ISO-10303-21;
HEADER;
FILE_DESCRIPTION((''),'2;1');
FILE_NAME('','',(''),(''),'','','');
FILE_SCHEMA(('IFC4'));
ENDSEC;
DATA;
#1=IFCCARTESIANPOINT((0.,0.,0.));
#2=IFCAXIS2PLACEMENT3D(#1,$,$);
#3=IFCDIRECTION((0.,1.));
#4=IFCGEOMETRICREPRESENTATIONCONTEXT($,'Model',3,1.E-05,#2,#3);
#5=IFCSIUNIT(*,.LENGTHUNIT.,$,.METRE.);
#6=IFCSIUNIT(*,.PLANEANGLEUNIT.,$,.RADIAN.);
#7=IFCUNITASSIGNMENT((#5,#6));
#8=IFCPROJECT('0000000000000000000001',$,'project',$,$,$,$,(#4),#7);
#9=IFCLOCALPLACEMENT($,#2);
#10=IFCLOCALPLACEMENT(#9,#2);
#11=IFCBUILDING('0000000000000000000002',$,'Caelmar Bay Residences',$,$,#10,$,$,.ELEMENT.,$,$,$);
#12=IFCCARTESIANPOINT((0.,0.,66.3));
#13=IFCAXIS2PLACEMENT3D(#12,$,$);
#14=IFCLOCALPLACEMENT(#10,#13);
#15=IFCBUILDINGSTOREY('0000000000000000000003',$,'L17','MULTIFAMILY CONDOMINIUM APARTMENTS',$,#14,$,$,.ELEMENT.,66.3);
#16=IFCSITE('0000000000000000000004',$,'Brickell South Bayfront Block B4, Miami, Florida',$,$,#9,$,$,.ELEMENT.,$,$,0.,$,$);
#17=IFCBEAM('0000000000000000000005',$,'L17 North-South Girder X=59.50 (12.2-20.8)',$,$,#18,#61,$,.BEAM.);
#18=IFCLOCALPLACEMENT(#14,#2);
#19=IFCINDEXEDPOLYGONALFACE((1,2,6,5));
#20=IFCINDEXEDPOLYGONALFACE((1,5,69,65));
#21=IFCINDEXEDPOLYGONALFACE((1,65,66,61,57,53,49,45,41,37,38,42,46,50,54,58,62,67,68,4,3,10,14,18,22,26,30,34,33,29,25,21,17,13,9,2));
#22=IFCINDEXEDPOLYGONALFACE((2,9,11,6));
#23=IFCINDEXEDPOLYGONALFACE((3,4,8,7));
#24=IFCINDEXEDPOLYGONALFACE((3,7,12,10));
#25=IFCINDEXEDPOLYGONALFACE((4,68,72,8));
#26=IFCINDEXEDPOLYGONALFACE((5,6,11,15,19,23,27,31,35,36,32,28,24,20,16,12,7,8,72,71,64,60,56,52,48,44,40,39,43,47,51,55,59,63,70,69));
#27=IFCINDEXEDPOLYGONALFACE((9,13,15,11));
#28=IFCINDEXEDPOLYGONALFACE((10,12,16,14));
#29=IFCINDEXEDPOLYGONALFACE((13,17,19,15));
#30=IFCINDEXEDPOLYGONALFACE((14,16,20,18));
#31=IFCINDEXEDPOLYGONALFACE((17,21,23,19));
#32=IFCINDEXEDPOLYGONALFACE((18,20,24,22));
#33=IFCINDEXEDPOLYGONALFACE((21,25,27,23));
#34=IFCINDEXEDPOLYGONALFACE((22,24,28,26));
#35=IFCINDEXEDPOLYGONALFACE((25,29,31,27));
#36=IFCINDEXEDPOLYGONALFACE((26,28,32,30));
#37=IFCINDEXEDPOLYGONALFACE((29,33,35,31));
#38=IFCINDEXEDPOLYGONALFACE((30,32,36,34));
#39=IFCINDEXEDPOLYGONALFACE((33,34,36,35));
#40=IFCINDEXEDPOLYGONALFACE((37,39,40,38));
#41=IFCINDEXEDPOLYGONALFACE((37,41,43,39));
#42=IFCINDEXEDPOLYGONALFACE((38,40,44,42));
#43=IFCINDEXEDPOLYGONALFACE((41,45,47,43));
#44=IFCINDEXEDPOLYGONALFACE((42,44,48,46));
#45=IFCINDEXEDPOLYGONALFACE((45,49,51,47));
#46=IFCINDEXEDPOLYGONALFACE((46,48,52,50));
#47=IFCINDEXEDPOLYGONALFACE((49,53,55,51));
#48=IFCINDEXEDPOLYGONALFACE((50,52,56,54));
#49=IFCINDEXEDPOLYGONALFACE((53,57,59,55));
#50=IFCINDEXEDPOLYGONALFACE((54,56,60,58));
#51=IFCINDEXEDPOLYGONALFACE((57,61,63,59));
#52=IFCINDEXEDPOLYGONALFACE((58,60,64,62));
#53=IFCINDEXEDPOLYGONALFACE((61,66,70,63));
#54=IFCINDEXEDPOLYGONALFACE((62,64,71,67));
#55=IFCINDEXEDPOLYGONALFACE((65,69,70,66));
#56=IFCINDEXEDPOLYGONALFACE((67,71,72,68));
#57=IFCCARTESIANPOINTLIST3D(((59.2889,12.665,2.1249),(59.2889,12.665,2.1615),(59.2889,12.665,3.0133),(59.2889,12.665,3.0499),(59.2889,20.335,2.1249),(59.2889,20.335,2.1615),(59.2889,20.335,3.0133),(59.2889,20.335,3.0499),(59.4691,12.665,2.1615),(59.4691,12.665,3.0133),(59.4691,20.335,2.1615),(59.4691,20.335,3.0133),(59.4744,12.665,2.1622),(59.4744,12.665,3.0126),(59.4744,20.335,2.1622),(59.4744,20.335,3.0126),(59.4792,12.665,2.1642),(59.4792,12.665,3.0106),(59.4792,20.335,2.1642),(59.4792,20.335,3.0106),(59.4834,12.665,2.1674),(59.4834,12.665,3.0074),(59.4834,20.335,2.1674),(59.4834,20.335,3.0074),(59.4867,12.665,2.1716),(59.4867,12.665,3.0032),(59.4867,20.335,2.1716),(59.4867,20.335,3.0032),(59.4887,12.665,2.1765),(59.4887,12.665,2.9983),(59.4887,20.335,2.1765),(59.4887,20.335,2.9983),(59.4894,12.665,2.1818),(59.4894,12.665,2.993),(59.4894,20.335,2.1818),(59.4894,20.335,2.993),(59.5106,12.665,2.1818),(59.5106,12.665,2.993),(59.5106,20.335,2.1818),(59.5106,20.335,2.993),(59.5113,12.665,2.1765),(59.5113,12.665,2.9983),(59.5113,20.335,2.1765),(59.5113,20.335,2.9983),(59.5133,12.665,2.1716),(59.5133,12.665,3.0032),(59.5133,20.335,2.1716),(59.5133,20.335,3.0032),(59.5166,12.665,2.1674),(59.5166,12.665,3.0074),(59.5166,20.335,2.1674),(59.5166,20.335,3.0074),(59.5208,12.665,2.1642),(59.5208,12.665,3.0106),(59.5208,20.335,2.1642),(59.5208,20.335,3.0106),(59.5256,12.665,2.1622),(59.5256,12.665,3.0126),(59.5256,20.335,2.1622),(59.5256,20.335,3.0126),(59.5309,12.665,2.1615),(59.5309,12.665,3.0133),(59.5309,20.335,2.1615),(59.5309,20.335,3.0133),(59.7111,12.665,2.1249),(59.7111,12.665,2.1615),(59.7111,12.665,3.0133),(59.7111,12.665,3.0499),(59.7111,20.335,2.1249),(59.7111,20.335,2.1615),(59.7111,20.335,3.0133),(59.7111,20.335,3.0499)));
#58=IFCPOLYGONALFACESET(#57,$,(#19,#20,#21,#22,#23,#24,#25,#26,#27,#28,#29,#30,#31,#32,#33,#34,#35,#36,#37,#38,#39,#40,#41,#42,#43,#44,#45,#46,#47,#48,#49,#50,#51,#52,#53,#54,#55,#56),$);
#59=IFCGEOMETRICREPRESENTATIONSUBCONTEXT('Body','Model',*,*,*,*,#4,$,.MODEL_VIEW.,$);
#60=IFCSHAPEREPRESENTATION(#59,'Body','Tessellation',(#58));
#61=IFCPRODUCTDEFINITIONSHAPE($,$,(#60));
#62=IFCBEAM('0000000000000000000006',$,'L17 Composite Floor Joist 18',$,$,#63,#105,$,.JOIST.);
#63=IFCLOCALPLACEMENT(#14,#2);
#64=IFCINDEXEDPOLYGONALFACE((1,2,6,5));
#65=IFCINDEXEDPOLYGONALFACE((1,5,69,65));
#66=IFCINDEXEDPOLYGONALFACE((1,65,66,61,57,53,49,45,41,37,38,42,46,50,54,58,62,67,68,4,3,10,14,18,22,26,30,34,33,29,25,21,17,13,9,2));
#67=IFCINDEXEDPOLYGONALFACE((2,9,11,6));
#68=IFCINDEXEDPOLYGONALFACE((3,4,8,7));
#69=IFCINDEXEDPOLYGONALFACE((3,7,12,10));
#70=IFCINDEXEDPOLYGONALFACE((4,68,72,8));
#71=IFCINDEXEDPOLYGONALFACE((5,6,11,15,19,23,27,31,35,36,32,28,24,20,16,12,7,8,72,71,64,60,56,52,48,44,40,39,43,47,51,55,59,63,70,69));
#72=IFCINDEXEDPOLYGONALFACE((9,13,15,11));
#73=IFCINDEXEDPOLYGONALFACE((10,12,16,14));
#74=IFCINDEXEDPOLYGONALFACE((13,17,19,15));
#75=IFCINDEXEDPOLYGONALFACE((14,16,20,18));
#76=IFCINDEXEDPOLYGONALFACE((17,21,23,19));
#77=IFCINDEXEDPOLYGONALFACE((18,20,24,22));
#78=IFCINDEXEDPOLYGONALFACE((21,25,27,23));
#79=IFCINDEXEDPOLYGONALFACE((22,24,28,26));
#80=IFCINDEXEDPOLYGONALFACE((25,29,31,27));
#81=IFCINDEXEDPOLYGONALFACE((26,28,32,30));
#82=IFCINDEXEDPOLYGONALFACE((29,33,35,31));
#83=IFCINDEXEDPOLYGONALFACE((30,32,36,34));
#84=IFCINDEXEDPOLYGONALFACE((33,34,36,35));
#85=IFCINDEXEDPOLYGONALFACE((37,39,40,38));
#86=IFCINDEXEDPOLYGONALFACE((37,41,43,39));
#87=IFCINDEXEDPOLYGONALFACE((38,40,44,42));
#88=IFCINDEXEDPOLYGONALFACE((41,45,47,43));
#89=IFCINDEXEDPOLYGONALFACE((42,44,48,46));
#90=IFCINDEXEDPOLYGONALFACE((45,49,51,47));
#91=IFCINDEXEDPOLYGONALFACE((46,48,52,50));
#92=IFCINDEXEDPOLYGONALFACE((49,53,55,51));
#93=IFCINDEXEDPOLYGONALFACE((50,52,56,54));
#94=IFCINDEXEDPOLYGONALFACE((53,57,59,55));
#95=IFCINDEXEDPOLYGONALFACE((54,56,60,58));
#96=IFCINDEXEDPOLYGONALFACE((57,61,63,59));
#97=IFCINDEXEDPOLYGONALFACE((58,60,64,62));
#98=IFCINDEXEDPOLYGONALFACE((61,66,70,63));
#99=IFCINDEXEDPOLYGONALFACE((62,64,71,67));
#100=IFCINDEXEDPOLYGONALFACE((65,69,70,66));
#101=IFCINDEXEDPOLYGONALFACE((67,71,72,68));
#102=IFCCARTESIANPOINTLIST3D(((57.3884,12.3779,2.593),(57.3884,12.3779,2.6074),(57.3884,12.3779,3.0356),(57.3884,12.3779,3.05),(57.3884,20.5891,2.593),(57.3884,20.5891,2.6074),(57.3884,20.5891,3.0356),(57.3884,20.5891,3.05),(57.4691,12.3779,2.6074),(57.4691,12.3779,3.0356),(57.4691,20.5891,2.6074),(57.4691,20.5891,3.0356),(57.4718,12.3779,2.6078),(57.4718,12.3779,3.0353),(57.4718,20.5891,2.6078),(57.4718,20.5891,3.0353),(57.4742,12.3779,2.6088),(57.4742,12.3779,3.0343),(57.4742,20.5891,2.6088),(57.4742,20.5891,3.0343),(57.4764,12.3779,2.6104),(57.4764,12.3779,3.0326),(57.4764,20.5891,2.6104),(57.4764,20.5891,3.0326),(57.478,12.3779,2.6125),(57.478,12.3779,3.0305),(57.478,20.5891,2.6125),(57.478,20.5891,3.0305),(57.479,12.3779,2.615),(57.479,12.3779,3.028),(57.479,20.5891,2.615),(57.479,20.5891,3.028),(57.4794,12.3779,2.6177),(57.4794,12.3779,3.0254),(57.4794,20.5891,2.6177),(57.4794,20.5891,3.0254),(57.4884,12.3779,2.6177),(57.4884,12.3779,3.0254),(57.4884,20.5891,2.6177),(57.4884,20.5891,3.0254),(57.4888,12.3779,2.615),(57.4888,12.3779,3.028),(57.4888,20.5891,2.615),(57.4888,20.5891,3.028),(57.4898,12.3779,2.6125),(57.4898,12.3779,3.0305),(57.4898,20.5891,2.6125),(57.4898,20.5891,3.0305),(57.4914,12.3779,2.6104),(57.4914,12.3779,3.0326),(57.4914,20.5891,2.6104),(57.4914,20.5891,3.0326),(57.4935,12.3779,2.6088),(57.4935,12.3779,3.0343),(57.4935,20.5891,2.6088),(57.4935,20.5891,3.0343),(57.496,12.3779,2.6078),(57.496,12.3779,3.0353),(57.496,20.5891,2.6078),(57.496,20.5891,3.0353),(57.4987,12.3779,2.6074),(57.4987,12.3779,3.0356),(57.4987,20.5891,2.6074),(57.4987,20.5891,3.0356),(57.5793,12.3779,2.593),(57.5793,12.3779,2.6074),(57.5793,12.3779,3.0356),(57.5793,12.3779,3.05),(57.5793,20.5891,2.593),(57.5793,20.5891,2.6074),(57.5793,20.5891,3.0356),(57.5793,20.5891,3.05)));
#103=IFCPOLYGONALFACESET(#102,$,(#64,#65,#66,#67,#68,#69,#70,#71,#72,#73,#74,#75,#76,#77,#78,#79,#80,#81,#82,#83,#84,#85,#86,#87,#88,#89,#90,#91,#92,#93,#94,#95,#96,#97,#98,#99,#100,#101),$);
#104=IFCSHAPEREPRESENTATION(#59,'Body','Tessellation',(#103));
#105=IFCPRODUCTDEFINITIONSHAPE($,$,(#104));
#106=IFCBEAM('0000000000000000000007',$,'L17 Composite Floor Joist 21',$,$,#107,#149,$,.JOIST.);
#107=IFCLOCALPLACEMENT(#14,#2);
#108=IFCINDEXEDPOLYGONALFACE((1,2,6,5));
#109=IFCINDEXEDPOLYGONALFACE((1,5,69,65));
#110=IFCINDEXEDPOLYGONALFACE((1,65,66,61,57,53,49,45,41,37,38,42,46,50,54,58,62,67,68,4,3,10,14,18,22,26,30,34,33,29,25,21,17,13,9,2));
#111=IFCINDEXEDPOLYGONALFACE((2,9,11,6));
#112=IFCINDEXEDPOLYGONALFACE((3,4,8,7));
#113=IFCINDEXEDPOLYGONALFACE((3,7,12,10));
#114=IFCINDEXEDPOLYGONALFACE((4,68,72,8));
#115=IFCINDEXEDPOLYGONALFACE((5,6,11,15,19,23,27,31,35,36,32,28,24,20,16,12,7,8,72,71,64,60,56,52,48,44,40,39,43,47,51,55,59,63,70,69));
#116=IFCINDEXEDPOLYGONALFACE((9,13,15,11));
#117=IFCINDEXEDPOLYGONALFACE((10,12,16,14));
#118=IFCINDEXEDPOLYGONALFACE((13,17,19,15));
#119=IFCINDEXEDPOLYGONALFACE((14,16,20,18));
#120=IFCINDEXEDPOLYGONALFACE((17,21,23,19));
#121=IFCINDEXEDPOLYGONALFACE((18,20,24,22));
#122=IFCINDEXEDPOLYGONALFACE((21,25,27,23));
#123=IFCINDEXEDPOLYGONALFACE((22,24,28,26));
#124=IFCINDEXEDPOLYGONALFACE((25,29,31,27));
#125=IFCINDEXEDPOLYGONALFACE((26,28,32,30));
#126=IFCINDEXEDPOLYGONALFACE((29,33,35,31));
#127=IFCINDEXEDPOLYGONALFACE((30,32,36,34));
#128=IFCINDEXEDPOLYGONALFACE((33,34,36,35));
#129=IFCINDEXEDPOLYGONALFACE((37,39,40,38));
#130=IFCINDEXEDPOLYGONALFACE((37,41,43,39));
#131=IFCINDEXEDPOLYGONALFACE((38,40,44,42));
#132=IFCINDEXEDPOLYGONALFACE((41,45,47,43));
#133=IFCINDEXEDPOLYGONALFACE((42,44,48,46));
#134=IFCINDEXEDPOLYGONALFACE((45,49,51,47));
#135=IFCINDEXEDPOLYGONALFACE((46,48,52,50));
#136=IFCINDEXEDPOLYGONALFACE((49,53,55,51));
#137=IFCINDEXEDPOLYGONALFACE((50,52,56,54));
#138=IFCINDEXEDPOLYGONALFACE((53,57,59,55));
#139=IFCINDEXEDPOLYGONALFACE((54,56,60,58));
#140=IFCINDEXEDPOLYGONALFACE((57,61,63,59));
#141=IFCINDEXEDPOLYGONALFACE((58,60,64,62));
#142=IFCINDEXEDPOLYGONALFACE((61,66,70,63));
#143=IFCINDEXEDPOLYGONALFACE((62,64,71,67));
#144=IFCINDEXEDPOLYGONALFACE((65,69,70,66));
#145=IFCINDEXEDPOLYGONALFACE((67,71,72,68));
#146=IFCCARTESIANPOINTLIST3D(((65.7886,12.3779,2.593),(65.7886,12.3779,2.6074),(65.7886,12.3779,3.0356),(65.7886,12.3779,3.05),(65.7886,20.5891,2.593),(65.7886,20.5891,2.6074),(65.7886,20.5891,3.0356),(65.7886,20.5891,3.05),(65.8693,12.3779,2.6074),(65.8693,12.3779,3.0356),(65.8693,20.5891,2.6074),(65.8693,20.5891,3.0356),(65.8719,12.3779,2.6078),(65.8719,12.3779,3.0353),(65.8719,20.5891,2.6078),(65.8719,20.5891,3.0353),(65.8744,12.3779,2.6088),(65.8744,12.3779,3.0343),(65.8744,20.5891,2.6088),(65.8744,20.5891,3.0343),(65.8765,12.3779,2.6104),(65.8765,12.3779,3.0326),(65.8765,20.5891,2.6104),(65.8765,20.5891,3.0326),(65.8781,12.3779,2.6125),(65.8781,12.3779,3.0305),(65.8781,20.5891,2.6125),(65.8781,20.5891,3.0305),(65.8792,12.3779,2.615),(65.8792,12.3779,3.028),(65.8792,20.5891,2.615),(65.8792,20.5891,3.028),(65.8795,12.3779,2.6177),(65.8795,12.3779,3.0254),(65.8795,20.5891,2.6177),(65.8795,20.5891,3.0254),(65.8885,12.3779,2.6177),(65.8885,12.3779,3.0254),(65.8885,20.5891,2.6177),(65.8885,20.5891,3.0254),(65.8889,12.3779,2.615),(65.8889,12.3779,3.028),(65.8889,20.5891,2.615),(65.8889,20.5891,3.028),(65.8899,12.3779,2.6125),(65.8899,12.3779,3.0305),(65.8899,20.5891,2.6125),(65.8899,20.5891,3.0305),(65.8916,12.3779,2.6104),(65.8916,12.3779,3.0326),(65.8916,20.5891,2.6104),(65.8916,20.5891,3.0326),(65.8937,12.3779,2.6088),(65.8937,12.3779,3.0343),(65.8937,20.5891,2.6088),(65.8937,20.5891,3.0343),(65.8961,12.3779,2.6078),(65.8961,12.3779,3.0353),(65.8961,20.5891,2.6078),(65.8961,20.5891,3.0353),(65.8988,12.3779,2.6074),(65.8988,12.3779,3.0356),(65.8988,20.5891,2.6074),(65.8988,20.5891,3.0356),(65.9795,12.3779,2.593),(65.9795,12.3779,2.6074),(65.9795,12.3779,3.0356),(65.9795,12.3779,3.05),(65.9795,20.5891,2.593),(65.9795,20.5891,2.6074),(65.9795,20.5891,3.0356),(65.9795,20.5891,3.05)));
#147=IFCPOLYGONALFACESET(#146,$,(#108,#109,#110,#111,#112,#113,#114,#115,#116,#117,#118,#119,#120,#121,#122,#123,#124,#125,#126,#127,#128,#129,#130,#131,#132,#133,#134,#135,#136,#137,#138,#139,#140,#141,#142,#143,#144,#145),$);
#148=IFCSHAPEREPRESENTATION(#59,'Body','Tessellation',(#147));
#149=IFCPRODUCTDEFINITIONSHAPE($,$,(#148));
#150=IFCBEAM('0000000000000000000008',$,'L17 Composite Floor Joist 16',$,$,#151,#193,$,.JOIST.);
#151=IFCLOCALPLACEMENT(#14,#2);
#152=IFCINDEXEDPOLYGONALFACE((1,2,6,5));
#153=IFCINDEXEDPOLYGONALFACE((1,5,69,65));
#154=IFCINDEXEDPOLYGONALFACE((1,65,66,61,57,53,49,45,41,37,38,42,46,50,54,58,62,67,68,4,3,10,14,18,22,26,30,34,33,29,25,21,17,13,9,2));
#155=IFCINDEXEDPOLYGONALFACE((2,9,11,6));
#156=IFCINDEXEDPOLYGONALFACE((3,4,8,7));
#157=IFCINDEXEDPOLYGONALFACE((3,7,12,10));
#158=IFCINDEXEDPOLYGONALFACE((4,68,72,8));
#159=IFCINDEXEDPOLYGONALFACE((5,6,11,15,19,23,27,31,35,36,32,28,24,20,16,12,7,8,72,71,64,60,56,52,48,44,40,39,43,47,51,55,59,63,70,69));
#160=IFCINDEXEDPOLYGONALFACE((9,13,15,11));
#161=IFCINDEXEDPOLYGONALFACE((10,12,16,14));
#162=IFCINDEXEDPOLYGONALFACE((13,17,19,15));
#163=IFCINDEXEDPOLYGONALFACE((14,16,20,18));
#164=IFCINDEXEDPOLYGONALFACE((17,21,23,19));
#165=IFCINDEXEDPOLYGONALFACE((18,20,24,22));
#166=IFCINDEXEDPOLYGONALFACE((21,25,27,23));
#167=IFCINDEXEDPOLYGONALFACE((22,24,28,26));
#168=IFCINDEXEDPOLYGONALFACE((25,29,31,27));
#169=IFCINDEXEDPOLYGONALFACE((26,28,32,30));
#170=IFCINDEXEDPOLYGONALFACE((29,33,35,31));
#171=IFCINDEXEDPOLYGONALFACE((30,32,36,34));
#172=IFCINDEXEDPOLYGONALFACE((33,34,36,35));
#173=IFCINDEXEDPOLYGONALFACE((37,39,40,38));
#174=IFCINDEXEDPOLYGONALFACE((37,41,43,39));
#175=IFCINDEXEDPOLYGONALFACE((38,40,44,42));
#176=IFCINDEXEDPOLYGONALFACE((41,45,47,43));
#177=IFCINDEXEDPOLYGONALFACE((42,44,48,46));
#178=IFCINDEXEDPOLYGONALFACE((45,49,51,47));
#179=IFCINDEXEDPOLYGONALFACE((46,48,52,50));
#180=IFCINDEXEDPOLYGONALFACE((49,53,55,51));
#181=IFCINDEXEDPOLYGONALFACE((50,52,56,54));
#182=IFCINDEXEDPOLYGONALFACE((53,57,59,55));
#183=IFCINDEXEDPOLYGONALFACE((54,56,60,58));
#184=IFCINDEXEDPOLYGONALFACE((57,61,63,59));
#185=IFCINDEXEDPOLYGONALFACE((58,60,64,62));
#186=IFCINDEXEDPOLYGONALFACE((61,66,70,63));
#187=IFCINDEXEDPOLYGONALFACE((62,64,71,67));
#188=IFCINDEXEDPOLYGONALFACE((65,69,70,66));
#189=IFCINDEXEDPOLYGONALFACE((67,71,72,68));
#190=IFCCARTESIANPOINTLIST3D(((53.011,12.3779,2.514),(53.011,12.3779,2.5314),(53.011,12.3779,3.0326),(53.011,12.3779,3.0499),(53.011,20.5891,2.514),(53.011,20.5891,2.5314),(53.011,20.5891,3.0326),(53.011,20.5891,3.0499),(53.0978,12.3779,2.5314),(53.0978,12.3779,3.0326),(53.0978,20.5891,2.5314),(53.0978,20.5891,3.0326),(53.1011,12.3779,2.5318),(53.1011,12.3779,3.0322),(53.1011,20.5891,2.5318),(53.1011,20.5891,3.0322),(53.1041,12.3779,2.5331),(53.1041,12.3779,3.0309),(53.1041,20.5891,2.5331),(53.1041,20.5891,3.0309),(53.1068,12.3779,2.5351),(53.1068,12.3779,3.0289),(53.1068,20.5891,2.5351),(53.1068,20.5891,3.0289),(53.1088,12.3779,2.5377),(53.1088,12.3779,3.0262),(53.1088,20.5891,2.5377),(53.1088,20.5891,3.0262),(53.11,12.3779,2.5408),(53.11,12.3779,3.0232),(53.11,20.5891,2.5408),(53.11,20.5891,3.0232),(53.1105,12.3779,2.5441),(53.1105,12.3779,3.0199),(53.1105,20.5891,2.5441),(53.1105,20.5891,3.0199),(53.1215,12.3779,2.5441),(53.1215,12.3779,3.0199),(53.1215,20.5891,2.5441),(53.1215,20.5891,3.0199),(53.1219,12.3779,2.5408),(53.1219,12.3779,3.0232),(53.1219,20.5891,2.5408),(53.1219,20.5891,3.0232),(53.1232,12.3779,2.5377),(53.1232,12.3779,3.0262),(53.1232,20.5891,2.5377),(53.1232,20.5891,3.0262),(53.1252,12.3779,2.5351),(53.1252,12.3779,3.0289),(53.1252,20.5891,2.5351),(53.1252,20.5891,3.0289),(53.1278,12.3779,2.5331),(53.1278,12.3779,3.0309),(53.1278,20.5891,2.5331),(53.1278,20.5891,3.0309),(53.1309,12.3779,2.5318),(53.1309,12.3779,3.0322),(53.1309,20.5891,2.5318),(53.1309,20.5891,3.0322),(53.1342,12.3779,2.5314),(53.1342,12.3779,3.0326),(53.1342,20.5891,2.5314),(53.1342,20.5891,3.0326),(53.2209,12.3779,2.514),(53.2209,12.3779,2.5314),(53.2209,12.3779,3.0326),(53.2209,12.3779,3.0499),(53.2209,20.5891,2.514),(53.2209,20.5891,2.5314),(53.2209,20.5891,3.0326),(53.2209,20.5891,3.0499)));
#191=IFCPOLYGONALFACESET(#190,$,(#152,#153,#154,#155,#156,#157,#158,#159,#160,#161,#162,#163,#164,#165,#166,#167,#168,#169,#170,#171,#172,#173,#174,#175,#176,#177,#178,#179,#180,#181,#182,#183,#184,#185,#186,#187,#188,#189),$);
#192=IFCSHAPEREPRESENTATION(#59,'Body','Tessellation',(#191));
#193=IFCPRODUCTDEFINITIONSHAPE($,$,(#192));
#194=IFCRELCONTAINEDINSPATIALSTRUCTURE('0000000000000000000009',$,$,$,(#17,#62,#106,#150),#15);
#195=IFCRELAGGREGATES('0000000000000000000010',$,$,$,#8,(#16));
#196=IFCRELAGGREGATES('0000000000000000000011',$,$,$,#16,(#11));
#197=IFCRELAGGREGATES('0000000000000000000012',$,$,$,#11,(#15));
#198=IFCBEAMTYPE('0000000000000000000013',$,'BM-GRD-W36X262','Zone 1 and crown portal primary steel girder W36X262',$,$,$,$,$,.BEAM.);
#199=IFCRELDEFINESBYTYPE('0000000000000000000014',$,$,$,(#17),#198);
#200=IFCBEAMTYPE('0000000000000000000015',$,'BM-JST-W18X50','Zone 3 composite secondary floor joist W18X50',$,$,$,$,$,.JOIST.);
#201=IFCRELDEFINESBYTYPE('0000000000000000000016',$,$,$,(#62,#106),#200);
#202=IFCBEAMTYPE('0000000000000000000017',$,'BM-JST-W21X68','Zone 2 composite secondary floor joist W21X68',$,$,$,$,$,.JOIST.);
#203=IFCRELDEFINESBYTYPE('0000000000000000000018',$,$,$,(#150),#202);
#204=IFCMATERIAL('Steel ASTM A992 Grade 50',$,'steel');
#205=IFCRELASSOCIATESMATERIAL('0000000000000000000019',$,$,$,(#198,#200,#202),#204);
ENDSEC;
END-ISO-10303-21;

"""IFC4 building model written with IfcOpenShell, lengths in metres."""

from ifc_helpers import new_model, si_unit, direction, frame, origin, origin_2d, place, context, subcontext, project, spatial, i_section, extrude, material, material_profile, profile_set, type_object, element, save


model = new_model("IFC4")

# Units and contexts
model_context = context("Model", 3, precision=1e-05, world=origin(), true_north=direction((0.0, 1.0)))
body_context = subcontext(model_context, "Body", "Model", "MODEL_VIEW")
ifc_project = project(units=[si_unit("LENGTHUNIT", "METRE"), si_unit("PLANEANGLEUNIT", "RADIAN")], contexts=[model_context])

# Site, building, storey
site_placement = place(None, origin())
site = spatial("IfcSite", under=ifc_project, at=site_placement, Name="Brickell South Bayfront Block B4, Miami, Florida", CompositionType="ELEMENT", RefElevation=0.0)
building_placement = place(site_placement, origin())
building = spatial("IfcBuilding", under=site, at=building_placement, Name="Caelmar Bay Residences", CompositionType="ELEMENT")
storey_placement = place(building_placement, frame((0.0, 0.0, 66.3)))
storey = spatial("IfcBuildingStorey", under=building, at=storey_placement, Name="L17", Description="MULTIFAMILY CONDOMINIUM APARTMENTS", CompositionType="ELEMENT", Elevation=66.3)

# Beams
ifc_material_1 = material(Name="Steel ASTM A992 Grade 50", Category="steel")
ifc_material_profile_1 = material_profile(ifc_material_1, i_section(OverallWidth=0.4221, OverallDepth=0.925, WebThickness=0.0212, FlangeThickness=0.0366, FilletRadius=0.0203, at=origin_2d()), Name="W36X262")
ifc_profile_set_1 = profile_set([ifc_material_profile_1], Name="Steel ASTM A992 Grade 50")
beam_type_1 = type_object("IfcBeamType", Name="BM-GRD-W36X262", Description="Zone 1 and crown portal primary steel girder W36X262", PredefinedType="BEAM", material=ifc_profile_set_1)
for number, where, z_axis, x_axis, name in (
    (1, (59.5, 12.665, 2.5874), (0.0, 1.0, 0.0), (-1.0, 0.0, 0.0), "L17 North-South Girder X=59.50 (12.2-20.8)"),
):
    element("IfcBeam", number, at=place(storey_placement, frame(where, z_axis=z_axis, x_axis=x_axis)), inside=storey, type_object=beam_type_1, Name=name, PredefinedType="BEAM", context=body_context, shape_type="SweptSolid", body=[
        extrude(i_section(OverallWidth=0.4221, OverallDepth=0.925, WebThickness=0.0212, FlangeThickness=0.0366, FilletRadius=0.0203, at=origin_2d()), origin(), (0.0, 0.0, 1.0), 7.6699),
    ])
ifc_material_profile_2 = material_profile(ifc_material_1, i_section(OverallWidth=0.1909, OverallDepth=0.457, WebThickness=0.009, FlangeThickness=0.0144, FilletRadius=0.0103, at=origin_2d()), Name="W18X50")
ifc_profile_set_2 = profile_set([ifc_material_profile_2], Name="Steel ASTM A992 Grade 50")
beam_type_2 = type_object("IfcBeamType", Name="BM-JST-W18X50", Description="Zone 3 composite secondary floor joist W18X50", PredefinedType="JOIST", material=ifc_profile_set_2)
for number, where, z_axis, x_axis, name in (
    (2, (57.4839, 12.3779, 2.8215), (0.0, 1.0, 0.0), (-1.0, 0.0, 0.0), "L17 Composite Floor Joist 18"),
    (3, (65.884, 12.3779, 2.8215), (0.0, 1.0, 0.0), (-1.0, 0.0, 0.0), "L17 Composite Floor Joist 21"),
):
    element("IfcBeam", number, at=place(storey_placement, frame(where, z_axis=z_axis, x_axis=x_axis)), inside=storey, type_object=beam_type_2, Name=name, PredefinedType="JOIST", context=body_context, shape_type="SweptSolid", body=[
        extrude(i_section(OverallWidth=0.1909, OverallDepth=0.457, WebThickness=0.009, FlangeThickness=0.0144, FilletRadius=0.0103, at=origin_2d()), origin(), (0.0, 0.0, 1.0), 8.2112),
    ])
ifc_material_profile_3 = material_profile(ifc_material_1, i_section(OverallWidth=0.21, OverallDepth=0.5359, WebThickness=0.011, FlangeThickness=0.0173, FilletRadius=0.0127, at=origin_2d()), Name="W21X68")
ifc_profile_set_3 = profile_set([ifc_material_profile_3], Name="Steel ASTM A992 Grade 50")
beam_type_3 = type_object("IfcBeamType", Name="BM-JST-W21X68", Description="Zone 2 composite secondary floor joist W21X68", PredefinedType="JOIST", material=ifc_profile_set_3)
for number, where, z_axis, x_axis, name in (
    (4, (53.116, 12.3779, 2.782), (0.0, 1.0, 0.0), (-1.0, 0.0, 0.0), "L17 Composite Floor Joist 16"),
):
    element("IfcBeam", number, at=place(storey_placement, frame(where, z_axis=z_axis, x_axis=x_axis)), inside=storey, type_object=beam_type_3, Name=name, PredefinedType="JOIST", context=body_context, shape_type="SweptSolid", body=[
        extrude(i_section(OverallWidth=0.21, OverallDepth=0.5359, WebThickness=0.011, FlangeThickness=0.0173, FilletRadius=0.0127, at=origin_2d()), origin(), (0.0, 0.0, 1.0), 8.2112),
    ])

save(model, "model.ifc")
